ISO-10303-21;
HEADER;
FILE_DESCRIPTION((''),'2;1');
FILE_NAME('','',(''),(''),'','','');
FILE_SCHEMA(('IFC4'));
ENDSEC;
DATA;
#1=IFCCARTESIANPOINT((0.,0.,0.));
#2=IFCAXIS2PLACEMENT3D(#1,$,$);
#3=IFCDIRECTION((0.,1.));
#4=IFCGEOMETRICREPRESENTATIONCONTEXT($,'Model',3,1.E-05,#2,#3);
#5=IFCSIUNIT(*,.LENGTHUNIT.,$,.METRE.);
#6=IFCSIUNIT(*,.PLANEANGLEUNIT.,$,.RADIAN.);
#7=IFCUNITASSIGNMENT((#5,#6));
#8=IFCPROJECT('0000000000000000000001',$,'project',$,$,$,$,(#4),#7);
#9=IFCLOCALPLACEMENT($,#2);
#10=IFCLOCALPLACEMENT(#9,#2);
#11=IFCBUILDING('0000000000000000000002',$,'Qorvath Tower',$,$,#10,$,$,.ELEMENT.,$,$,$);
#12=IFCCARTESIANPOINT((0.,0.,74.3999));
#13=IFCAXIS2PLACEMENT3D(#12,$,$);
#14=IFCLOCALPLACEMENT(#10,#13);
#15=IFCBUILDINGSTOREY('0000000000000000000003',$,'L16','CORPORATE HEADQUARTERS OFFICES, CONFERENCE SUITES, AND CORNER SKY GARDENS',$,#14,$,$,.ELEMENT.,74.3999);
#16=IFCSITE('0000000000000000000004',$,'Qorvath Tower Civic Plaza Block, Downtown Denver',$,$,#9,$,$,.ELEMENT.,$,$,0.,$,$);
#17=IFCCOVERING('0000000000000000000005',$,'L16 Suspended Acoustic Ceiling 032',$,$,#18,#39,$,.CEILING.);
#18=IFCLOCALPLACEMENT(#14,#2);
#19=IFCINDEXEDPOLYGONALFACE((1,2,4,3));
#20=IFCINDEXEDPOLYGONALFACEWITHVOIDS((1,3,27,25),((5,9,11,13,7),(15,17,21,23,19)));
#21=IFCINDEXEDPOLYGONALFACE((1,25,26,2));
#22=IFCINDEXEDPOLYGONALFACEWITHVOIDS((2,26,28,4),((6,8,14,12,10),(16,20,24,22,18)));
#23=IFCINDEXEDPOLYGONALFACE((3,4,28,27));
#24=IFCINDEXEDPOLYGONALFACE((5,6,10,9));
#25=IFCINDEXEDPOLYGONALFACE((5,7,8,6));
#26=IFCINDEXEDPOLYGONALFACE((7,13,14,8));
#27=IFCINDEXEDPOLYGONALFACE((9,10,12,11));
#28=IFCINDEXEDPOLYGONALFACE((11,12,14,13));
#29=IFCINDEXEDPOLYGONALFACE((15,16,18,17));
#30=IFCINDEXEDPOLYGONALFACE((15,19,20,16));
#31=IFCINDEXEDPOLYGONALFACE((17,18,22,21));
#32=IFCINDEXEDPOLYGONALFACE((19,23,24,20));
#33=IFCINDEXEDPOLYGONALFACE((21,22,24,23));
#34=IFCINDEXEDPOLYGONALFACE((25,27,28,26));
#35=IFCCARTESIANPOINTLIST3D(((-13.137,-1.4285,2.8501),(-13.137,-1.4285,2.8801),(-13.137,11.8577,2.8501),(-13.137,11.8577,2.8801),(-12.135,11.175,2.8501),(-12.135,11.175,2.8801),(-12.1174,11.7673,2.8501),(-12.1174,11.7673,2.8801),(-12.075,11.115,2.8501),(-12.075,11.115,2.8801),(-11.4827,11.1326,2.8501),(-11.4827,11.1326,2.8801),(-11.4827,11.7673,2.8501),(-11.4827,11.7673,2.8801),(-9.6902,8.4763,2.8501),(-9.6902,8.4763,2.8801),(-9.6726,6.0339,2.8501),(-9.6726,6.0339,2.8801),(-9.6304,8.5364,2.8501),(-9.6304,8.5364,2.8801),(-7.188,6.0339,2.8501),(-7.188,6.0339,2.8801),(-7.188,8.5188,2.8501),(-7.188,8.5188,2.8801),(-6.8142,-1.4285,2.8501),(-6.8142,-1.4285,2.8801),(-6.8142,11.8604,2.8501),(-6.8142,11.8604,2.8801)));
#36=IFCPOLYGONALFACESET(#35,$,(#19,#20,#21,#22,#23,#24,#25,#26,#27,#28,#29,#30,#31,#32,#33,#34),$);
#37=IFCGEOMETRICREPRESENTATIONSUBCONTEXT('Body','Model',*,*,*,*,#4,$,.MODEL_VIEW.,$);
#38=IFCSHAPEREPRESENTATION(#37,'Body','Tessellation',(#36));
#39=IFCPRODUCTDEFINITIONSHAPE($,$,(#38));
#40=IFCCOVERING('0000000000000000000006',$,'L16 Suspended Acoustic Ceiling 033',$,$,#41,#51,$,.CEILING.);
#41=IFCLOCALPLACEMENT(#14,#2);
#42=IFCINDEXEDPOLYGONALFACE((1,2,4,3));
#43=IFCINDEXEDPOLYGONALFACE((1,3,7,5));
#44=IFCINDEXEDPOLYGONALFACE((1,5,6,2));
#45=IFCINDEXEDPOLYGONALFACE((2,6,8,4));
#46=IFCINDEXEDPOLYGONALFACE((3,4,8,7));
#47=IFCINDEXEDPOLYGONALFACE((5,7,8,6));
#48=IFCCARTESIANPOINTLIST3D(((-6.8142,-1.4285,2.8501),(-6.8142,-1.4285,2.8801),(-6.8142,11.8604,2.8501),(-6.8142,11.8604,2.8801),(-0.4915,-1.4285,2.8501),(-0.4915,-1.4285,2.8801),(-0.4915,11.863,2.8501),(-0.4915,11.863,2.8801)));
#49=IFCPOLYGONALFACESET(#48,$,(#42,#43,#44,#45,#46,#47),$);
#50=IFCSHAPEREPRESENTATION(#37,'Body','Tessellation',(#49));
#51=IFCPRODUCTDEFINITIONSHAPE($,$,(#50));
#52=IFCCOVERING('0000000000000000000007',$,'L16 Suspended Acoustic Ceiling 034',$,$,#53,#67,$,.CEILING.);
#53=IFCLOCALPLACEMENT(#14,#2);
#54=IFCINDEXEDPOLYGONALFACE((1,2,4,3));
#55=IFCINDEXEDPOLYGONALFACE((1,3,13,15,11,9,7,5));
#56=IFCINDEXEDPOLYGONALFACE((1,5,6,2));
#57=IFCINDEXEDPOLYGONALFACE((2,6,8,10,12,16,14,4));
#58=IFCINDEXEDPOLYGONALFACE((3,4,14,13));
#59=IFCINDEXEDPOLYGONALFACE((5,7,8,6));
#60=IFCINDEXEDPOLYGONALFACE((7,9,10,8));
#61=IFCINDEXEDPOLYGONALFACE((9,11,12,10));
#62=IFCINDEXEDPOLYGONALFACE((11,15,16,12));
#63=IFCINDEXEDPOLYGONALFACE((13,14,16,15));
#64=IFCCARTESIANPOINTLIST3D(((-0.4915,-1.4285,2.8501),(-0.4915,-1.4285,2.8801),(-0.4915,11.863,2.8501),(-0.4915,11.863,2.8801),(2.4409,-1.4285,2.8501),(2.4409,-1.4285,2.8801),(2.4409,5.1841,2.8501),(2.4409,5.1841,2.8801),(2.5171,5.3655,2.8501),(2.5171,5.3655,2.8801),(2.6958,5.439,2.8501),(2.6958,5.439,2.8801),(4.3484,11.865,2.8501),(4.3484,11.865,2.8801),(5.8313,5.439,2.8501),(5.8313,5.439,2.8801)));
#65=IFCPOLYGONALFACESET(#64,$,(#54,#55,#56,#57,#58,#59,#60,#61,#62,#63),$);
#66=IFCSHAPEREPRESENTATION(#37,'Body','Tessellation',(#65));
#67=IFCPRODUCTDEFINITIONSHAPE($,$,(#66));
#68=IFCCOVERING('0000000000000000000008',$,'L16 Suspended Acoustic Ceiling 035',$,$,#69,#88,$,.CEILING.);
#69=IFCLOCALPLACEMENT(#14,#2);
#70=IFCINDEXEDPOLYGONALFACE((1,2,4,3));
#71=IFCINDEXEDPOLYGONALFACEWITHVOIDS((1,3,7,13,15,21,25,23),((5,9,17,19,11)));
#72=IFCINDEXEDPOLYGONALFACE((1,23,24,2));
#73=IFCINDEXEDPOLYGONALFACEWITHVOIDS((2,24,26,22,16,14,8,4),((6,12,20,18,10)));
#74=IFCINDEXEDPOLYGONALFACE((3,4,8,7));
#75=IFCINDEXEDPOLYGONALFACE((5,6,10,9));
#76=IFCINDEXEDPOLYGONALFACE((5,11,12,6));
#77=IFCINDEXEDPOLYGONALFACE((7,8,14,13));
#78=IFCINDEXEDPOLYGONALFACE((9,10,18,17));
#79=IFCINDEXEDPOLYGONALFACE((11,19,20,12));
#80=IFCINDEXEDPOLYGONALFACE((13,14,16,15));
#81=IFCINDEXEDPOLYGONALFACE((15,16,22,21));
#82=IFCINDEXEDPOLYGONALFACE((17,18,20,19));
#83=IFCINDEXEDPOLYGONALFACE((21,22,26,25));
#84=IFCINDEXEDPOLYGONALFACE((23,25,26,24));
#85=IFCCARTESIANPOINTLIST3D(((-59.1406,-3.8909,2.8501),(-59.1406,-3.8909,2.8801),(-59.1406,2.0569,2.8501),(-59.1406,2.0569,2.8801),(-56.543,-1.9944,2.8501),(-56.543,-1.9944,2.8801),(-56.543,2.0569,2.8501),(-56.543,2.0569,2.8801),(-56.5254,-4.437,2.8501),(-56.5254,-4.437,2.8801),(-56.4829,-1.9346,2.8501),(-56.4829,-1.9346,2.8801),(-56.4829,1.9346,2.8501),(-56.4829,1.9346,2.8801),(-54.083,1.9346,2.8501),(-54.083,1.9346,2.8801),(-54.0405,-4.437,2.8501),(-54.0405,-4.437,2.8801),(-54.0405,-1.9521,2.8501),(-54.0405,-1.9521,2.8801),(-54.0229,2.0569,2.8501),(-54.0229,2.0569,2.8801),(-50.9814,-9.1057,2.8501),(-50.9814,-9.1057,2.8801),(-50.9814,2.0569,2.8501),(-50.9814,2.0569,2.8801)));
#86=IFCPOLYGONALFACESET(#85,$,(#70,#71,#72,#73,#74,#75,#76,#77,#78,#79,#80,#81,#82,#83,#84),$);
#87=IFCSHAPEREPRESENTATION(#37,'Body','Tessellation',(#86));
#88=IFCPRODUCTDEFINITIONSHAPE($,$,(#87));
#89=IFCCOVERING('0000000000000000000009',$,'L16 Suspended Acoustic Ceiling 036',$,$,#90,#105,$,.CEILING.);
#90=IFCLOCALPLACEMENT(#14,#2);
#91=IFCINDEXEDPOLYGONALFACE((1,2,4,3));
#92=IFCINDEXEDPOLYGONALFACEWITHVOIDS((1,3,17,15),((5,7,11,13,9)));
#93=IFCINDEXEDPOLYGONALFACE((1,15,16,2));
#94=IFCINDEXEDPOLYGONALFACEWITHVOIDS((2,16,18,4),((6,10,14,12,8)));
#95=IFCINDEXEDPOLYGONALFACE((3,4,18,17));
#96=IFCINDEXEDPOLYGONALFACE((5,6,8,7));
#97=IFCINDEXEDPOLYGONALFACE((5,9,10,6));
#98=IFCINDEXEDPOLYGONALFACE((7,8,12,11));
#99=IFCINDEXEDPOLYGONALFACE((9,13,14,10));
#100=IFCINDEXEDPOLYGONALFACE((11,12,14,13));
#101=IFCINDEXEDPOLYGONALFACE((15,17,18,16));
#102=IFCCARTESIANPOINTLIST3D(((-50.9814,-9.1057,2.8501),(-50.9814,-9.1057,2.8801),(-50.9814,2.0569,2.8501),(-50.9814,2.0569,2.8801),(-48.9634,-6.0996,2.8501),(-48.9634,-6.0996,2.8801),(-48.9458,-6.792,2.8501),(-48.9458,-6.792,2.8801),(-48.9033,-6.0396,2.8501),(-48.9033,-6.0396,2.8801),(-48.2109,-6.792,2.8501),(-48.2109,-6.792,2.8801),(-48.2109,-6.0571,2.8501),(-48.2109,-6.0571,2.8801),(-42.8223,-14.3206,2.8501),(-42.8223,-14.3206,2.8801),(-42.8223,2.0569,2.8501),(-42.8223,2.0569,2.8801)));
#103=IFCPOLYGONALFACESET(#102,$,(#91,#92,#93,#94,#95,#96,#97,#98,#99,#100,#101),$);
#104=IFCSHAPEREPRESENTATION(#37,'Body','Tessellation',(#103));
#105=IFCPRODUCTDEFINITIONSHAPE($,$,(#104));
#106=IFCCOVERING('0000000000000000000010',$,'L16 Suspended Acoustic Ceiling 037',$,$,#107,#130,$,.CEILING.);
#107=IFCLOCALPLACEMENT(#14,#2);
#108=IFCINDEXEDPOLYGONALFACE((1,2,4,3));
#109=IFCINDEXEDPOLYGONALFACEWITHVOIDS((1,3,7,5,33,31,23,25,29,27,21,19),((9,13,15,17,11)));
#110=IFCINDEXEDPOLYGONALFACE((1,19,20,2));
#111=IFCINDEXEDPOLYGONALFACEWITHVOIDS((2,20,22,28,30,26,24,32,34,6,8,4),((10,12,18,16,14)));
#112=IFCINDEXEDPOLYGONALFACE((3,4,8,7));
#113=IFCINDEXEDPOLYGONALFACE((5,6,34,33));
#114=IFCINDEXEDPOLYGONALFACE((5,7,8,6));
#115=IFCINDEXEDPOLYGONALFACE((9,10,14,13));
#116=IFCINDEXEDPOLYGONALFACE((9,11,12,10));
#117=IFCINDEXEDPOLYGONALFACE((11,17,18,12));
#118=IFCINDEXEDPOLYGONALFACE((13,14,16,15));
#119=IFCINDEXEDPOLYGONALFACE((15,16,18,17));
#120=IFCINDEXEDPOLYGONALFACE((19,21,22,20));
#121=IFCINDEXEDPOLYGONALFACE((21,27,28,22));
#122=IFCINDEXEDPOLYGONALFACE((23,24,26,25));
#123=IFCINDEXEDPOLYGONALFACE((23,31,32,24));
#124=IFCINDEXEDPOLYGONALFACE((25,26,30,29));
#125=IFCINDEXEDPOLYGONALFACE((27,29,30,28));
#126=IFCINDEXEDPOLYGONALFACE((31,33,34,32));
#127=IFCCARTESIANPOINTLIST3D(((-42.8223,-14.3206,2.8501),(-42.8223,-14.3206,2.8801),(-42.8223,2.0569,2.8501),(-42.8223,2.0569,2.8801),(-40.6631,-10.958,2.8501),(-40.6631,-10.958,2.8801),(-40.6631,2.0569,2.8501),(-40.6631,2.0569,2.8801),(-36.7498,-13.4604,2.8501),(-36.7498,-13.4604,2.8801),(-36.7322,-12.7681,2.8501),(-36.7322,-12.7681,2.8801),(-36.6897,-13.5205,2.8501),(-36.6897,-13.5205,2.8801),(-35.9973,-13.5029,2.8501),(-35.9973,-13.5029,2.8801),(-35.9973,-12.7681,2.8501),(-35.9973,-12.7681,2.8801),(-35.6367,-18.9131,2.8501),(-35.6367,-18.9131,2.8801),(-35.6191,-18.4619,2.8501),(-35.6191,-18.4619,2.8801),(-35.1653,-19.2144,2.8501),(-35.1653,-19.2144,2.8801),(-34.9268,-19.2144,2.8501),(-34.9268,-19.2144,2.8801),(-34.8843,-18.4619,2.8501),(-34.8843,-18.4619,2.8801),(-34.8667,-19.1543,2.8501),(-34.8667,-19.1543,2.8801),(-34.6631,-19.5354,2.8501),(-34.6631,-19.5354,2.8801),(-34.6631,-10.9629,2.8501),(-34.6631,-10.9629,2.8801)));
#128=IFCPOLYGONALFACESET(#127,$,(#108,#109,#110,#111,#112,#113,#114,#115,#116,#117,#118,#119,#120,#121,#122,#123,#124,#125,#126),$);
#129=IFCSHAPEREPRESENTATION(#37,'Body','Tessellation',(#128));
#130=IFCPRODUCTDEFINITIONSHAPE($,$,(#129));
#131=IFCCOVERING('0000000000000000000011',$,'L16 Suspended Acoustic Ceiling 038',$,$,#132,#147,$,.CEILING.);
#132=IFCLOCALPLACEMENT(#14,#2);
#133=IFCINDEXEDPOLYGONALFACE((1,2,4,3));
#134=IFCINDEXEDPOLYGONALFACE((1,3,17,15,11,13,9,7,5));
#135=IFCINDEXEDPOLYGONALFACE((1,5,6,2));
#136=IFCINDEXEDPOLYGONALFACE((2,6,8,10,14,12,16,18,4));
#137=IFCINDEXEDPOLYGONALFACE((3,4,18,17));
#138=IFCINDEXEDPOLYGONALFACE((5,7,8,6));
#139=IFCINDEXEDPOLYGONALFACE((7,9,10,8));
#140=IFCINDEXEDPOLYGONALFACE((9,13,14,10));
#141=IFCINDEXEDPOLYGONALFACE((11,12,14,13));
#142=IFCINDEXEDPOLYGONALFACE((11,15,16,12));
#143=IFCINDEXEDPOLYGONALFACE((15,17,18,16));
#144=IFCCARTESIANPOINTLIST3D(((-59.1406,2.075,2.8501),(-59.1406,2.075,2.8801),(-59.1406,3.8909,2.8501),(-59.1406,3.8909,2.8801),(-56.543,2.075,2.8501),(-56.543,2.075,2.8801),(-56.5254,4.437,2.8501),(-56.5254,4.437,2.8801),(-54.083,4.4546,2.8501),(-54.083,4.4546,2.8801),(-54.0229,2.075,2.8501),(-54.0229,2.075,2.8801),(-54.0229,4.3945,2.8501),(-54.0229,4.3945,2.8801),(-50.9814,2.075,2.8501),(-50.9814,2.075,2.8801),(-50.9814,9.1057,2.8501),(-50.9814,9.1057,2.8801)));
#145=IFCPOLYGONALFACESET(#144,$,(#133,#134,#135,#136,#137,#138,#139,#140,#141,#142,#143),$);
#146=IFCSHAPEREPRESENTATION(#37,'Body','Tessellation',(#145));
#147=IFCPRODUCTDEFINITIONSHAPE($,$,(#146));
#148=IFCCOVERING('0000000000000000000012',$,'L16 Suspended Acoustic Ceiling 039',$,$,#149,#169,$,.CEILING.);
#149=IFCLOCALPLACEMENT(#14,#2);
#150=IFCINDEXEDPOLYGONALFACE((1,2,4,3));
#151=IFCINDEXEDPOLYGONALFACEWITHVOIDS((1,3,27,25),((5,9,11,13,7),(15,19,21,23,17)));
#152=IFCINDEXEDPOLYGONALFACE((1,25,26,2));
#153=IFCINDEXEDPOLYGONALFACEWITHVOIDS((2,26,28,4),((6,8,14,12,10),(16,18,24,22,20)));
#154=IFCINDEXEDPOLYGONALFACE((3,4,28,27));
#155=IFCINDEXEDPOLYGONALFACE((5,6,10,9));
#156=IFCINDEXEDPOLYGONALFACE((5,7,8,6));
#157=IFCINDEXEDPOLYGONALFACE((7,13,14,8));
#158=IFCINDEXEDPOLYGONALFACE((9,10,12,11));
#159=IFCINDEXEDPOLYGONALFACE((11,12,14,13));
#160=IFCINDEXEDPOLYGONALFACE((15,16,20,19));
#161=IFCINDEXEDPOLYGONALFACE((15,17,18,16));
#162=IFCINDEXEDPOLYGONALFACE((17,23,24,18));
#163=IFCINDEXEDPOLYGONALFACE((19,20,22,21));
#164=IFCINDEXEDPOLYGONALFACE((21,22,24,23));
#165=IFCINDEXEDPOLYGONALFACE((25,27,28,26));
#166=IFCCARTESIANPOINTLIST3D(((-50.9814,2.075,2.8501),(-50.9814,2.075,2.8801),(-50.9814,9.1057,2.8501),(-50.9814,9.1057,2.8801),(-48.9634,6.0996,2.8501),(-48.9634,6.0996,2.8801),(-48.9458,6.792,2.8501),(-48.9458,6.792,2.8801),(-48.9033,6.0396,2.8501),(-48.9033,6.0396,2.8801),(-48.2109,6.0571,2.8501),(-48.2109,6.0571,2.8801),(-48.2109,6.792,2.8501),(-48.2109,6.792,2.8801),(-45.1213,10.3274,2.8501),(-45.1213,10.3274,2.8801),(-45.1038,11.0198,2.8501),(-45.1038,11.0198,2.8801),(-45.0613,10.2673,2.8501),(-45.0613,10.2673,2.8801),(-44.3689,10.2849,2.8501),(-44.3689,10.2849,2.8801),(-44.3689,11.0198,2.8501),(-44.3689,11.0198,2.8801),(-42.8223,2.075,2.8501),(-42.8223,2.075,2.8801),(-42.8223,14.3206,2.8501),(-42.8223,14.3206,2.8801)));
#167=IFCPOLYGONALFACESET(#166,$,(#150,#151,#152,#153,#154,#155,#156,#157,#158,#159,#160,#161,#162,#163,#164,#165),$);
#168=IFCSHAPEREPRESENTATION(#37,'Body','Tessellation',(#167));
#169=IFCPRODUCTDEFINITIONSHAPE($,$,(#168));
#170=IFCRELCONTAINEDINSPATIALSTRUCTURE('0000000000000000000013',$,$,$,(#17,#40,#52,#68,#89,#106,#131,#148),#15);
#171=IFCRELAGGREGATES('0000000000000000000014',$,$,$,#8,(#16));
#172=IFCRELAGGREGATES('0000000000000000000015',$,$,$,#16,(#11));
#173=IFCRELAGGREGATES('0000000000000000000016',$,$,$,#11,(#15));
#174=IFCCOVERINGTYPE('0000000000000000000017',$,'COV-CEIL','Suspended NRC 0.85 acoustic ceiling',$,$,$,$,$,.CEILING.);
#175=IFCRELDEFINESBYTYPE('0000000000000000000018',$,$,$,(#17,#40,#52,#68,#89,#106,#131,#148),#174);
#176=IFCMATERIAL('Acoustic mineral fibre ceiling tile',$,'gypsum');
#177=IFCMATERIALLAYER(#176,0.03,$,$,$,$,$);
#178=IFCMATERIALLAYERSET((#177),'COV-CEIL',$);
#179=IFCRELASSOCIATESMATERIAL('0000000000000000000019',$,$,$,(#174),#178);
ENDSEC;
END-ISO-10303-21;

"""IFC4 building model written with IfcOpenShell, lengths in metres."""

from ifc_helpers import new_model, si_unit, direction, frame, origin, place, context, subcontext, project, spatial, polyline, outline, extrude, material, layer, layer_set, type_object, element, save


model = new_model("IFC4")

# Units and contexts
model_context = context("Model", 3, precision=1e-05, world=origin(), true_north=direction((0.0, 1.0)))
body_context = subcontext(model_context, "Body", "Model", "MODEL_VIEW")
ifc_project = project(units=[si_unit("LENGTHUNIT", "METRE"), si_unit("PLANEANGLEUNIT", "RADIAN")], contexts=[model_context])

# Site, building, storey
site_placement = place(None, origin())
site = spatial("IfcSite", under=ifc_project, at=site_placement, Name="Qorvath Tower Civic Plaza Block, Downtown Denver", CompositionType="ELEMENT", RefElevation=0.0)
building_placement = place(site_placement, origin())
building = spatial("IfcBuilding", under=site, at=building_placement, Name="Qorvath Tower", CompositionType="ELEMENT")
storey_placement = place(building_placement, frame((0.0, 0.0, 74.3999)))
storey = spatial("IfcBuildingStorey", under=building, at=storey_placement, Name="L16", Description="CORPORATE HEADQUARTERS OFFICES, CONFERENCE SUITES, AND CORNER SKY GARDENS", CompositionType="ELEMENT", Elevation=74.3999)

# Coverings
ifc_material_1 = material(Name="Acoustic mineral fibre ceiling tile", Category="gypsum")
ifc_layer_1 = layer(ifc_material_1, 0.03)
ifc_layer_set_1 = layer_set([ifc_layer_1], Name="COV-CEIL")
covering_type_1 = type_object("IfcCoveringType", Name="COV-CEIL", Description="Suspended NRC 0.85 acoustic ceiling", PredefinedType="CEILING", material=ifc_layer_set_1)
covering_1_placement = place(storey_placement, frame((0.0, 0.0, 2.8501)))
element("IfcCovering", 1, at=covering_1_placement, inside=storey, type_object=covering_type_1, Name="L16 Suspended Acoustic Ceiling 032", PredefinedType="CEILING", context=body_context, shape_type="SweptSolid", body=[
    extrude(outline(polyline([(-6.8142, -1.4285), (-6.8142, 11.8604), (-13.137, 11.8577), (-13.137, -1.4285), (-6.8142, -1.4285)]), holes=[polyline([(-9.6902, 8.4763), (-9.6304, 8.5364), (-7.188, 8.5188), (-7.188, 6.0339), (-9.6726, 6.0339), (-9.6902, 8.4763)]), polyline([(-12.135, 11.175), (-12.1174, 11.7673), (-11.4827, 11.7673), (-11.4827, 11.1326), (-12.075, 11.115), (-12.135, 11.175)])]), origin(), (0.0, 0.0, 1.0), 0.03),
])
covering_2_placement = place(storey_placement, frame((0.0, 0.0, 2.8501)))
element("IfcCovering", 2, at=covering_2_placement, inside=storey, type_object=covering_type_1, Name="L16 Suspended Acoustic Ceiling 033", PredefinedType="CEILING", context=body_context, shape_type="SweptSolid", body=[
    extrude(outline(polyline([(-0.4915, -1.4285), (-0.4915, 11.863), (-6.8142, 11.8604), (-6.8142, -1.4285), (-0.4915, -1.4285)])), origin(), (0.0, 0.0, 1.0), 0.03),
])
covering_3_placement = place(storey_placement, frame((0.0, 0.0, 2.8501)))
element("IfcCovering", 3, at=covering_3_placement, inside=storey, type_object=covering_type_1, Name="L16 Suspended Acoustic Ceiling 034", PredefinedType="CEILING", context=body_context, shape_type="SweptSolid", body=[
    extrude(outline(polyline([(2.5171, 5.3655), (2.6958, 5.439), (5.8313, 5.439), (4.3484, 11.865), (-0.4915, 11.863), (-0.4915, -1.4285), (2.4409, -1.4285), (2.4409, 5.1841), (2.5171, 5.3655)])), origin(), (0.0, 0.0, 1.0), 0.03),
])
covering_4_placement = place(storey_placement, frame((0.0, 0.0, 2.8501)))
element("IfcCovering", 4, at=covering_4_placement, inside=storey, type_object=covering_type_1, Name="L16 Suspended Acoustic Ceiling 035", PredefinedType="CEILING", context=body_context, shape_type="SweptSolid", body=[
    extrude(outline(polyline([(-59.1406, 2.0569), (-59.1406, -3.8909), (-50.9814, -9.1057), (-50.9814, 2.0569), (-54.0229, 2.0569), (-54.083, 1.9346), (-56.4829, 1.9346), (-56.543, 2.0569), (-59.1406, 2.0569)]), holes=[polyline([(-56.543, -1.9944), (-56.4829, -1.9346), (-54.0405, -1.9521), (-54.0405, -4.437), (-56.5254, -4.437), (-56.543, -1.9944)])]), origin(), (0.0, 0.0, 1.0), 0.03),
])
covering_5_placement = place(storey_placement, frame((0.0, 0.0, 2.8501)))
element("IfcCovering", 5, at=covering_5_placement, inside=storey, type_object=covering_type_1, Name="L16 Suspended Acoustic Ceiling 036", PredefinedType="CEILING", context=body_context, shape_type="SweptSolid", body=[
    extrude(outline(polyline([(-50.9814, 2.0569), (-50.9814, -9.1057), (-42.8223, -14.3206), (-42.8223, 2.0569), (-50.9814, 2.0569)]), holes=[polyline([(-48.9634, -6.0996), (-48.9033, -6.0396), (-48.2109, -6.0571), (-48.2109, -6.792), (-48.9458, -6.792), (-48.9634, -6.0996)])]), origin(), (0.0, 0.0, 1.0), 0.03),
])
covering_6_placement = place(storey_placement, frame((0.0, 0.0, 2.8501)))
element("IfcCovering", 6, at=covering_6_placement, inside=storey, type_object=covering_type_1, Name="L16 Suspended Acoustic Ceiling 037", PredefinedType="CEILING", context=body_context, shape_type="SweptSolid", body=[
    extrude(outline(polyline([(-42.8223, 2.0569), (-42.8223, -14.3206), (-35.6367, -18.9131), (-35.6191, -18.4619), (-34.8843, -18.4619), (-34.8667, -19.1543), (-34.9268, -19.2144), (-35.1653, -19.2144), (-34.6631, -19.5354), (-34.6631, -10.9629), (-40.6631, -10.958), (-40.6631, 2.0569), (-42.8223, 2.0569)]), holes=[polyline([(-36.7498, -13.4604), (-36.7322, -12.7681), (-35.9973, -12.7681), (-35.9973, -13.5029), (-36.6897, -13.5205), (-36.7498, -13.4604)])]), origin(), (0.0, 0.0, 1.0), 0.03),
])
covering_7_placement = place(storey_placement, frame((0.0, 0.0, 2.8501)))
element("IfcCovering", 7, at=covering_7_placement, inside=storey, type_object=covering_type_1, Name="L16 Suspended Acoustic Ceiling 038", PredefinedType="CEILING", context=body_context, shape_type="SweptSolid", body=[
    extrude(outline(polyline([(-50.9814, 2.075), (-50.9814, 9.1057), (-59.1406, 3.8909), (-59.1406, 2.075), (-56.543, 2.075), (-56.5254, 4.437), (-54.083, 4.4546), (-54.0229, 4.3945), (-54.0229, 2.075), (-50.9814, 2.075)])), origin(), (0.0, 0.0, 1.0), 0.03),
])
covering_8_placement = place(storey_placement, frame((0.0, 0.0, 2.8501)))
element("IfcCovering", 8, at=covering_8_placement, inside=storey, type_object=covering_type_1, Name="L16 Suspended Acoustic Ceiling 039", PredefinedType="CEILING", context=body_context, shape_type="SweptSolid", body=[
    extrude(outline(polyline([(-42.8223, 2.075), (-42.8223, 14.3206), (-50.9814, 9.1057), (-50.9814, 2.075), (-42.8223, 2.075)]), holes=[polyline([(-45.1213, 10.3274), (-45.1038, 11.0198), (-44.3689, 11.0198), (-44.3689, 10.2849), (-45.0613, 10.2673), (-45.1213, 10.3274)]), polyline([(-48.9634, 6.0996), (-48.9458, 6.792), (-48.2109, 6.792), (-48.2109, 6.0571), (-48.9033, 6.0396), (-48.9634, 6.0996)])]), origin(), (0.0, 0.0, 1.0), 0.03),
])

save(model, "model.ifc")
